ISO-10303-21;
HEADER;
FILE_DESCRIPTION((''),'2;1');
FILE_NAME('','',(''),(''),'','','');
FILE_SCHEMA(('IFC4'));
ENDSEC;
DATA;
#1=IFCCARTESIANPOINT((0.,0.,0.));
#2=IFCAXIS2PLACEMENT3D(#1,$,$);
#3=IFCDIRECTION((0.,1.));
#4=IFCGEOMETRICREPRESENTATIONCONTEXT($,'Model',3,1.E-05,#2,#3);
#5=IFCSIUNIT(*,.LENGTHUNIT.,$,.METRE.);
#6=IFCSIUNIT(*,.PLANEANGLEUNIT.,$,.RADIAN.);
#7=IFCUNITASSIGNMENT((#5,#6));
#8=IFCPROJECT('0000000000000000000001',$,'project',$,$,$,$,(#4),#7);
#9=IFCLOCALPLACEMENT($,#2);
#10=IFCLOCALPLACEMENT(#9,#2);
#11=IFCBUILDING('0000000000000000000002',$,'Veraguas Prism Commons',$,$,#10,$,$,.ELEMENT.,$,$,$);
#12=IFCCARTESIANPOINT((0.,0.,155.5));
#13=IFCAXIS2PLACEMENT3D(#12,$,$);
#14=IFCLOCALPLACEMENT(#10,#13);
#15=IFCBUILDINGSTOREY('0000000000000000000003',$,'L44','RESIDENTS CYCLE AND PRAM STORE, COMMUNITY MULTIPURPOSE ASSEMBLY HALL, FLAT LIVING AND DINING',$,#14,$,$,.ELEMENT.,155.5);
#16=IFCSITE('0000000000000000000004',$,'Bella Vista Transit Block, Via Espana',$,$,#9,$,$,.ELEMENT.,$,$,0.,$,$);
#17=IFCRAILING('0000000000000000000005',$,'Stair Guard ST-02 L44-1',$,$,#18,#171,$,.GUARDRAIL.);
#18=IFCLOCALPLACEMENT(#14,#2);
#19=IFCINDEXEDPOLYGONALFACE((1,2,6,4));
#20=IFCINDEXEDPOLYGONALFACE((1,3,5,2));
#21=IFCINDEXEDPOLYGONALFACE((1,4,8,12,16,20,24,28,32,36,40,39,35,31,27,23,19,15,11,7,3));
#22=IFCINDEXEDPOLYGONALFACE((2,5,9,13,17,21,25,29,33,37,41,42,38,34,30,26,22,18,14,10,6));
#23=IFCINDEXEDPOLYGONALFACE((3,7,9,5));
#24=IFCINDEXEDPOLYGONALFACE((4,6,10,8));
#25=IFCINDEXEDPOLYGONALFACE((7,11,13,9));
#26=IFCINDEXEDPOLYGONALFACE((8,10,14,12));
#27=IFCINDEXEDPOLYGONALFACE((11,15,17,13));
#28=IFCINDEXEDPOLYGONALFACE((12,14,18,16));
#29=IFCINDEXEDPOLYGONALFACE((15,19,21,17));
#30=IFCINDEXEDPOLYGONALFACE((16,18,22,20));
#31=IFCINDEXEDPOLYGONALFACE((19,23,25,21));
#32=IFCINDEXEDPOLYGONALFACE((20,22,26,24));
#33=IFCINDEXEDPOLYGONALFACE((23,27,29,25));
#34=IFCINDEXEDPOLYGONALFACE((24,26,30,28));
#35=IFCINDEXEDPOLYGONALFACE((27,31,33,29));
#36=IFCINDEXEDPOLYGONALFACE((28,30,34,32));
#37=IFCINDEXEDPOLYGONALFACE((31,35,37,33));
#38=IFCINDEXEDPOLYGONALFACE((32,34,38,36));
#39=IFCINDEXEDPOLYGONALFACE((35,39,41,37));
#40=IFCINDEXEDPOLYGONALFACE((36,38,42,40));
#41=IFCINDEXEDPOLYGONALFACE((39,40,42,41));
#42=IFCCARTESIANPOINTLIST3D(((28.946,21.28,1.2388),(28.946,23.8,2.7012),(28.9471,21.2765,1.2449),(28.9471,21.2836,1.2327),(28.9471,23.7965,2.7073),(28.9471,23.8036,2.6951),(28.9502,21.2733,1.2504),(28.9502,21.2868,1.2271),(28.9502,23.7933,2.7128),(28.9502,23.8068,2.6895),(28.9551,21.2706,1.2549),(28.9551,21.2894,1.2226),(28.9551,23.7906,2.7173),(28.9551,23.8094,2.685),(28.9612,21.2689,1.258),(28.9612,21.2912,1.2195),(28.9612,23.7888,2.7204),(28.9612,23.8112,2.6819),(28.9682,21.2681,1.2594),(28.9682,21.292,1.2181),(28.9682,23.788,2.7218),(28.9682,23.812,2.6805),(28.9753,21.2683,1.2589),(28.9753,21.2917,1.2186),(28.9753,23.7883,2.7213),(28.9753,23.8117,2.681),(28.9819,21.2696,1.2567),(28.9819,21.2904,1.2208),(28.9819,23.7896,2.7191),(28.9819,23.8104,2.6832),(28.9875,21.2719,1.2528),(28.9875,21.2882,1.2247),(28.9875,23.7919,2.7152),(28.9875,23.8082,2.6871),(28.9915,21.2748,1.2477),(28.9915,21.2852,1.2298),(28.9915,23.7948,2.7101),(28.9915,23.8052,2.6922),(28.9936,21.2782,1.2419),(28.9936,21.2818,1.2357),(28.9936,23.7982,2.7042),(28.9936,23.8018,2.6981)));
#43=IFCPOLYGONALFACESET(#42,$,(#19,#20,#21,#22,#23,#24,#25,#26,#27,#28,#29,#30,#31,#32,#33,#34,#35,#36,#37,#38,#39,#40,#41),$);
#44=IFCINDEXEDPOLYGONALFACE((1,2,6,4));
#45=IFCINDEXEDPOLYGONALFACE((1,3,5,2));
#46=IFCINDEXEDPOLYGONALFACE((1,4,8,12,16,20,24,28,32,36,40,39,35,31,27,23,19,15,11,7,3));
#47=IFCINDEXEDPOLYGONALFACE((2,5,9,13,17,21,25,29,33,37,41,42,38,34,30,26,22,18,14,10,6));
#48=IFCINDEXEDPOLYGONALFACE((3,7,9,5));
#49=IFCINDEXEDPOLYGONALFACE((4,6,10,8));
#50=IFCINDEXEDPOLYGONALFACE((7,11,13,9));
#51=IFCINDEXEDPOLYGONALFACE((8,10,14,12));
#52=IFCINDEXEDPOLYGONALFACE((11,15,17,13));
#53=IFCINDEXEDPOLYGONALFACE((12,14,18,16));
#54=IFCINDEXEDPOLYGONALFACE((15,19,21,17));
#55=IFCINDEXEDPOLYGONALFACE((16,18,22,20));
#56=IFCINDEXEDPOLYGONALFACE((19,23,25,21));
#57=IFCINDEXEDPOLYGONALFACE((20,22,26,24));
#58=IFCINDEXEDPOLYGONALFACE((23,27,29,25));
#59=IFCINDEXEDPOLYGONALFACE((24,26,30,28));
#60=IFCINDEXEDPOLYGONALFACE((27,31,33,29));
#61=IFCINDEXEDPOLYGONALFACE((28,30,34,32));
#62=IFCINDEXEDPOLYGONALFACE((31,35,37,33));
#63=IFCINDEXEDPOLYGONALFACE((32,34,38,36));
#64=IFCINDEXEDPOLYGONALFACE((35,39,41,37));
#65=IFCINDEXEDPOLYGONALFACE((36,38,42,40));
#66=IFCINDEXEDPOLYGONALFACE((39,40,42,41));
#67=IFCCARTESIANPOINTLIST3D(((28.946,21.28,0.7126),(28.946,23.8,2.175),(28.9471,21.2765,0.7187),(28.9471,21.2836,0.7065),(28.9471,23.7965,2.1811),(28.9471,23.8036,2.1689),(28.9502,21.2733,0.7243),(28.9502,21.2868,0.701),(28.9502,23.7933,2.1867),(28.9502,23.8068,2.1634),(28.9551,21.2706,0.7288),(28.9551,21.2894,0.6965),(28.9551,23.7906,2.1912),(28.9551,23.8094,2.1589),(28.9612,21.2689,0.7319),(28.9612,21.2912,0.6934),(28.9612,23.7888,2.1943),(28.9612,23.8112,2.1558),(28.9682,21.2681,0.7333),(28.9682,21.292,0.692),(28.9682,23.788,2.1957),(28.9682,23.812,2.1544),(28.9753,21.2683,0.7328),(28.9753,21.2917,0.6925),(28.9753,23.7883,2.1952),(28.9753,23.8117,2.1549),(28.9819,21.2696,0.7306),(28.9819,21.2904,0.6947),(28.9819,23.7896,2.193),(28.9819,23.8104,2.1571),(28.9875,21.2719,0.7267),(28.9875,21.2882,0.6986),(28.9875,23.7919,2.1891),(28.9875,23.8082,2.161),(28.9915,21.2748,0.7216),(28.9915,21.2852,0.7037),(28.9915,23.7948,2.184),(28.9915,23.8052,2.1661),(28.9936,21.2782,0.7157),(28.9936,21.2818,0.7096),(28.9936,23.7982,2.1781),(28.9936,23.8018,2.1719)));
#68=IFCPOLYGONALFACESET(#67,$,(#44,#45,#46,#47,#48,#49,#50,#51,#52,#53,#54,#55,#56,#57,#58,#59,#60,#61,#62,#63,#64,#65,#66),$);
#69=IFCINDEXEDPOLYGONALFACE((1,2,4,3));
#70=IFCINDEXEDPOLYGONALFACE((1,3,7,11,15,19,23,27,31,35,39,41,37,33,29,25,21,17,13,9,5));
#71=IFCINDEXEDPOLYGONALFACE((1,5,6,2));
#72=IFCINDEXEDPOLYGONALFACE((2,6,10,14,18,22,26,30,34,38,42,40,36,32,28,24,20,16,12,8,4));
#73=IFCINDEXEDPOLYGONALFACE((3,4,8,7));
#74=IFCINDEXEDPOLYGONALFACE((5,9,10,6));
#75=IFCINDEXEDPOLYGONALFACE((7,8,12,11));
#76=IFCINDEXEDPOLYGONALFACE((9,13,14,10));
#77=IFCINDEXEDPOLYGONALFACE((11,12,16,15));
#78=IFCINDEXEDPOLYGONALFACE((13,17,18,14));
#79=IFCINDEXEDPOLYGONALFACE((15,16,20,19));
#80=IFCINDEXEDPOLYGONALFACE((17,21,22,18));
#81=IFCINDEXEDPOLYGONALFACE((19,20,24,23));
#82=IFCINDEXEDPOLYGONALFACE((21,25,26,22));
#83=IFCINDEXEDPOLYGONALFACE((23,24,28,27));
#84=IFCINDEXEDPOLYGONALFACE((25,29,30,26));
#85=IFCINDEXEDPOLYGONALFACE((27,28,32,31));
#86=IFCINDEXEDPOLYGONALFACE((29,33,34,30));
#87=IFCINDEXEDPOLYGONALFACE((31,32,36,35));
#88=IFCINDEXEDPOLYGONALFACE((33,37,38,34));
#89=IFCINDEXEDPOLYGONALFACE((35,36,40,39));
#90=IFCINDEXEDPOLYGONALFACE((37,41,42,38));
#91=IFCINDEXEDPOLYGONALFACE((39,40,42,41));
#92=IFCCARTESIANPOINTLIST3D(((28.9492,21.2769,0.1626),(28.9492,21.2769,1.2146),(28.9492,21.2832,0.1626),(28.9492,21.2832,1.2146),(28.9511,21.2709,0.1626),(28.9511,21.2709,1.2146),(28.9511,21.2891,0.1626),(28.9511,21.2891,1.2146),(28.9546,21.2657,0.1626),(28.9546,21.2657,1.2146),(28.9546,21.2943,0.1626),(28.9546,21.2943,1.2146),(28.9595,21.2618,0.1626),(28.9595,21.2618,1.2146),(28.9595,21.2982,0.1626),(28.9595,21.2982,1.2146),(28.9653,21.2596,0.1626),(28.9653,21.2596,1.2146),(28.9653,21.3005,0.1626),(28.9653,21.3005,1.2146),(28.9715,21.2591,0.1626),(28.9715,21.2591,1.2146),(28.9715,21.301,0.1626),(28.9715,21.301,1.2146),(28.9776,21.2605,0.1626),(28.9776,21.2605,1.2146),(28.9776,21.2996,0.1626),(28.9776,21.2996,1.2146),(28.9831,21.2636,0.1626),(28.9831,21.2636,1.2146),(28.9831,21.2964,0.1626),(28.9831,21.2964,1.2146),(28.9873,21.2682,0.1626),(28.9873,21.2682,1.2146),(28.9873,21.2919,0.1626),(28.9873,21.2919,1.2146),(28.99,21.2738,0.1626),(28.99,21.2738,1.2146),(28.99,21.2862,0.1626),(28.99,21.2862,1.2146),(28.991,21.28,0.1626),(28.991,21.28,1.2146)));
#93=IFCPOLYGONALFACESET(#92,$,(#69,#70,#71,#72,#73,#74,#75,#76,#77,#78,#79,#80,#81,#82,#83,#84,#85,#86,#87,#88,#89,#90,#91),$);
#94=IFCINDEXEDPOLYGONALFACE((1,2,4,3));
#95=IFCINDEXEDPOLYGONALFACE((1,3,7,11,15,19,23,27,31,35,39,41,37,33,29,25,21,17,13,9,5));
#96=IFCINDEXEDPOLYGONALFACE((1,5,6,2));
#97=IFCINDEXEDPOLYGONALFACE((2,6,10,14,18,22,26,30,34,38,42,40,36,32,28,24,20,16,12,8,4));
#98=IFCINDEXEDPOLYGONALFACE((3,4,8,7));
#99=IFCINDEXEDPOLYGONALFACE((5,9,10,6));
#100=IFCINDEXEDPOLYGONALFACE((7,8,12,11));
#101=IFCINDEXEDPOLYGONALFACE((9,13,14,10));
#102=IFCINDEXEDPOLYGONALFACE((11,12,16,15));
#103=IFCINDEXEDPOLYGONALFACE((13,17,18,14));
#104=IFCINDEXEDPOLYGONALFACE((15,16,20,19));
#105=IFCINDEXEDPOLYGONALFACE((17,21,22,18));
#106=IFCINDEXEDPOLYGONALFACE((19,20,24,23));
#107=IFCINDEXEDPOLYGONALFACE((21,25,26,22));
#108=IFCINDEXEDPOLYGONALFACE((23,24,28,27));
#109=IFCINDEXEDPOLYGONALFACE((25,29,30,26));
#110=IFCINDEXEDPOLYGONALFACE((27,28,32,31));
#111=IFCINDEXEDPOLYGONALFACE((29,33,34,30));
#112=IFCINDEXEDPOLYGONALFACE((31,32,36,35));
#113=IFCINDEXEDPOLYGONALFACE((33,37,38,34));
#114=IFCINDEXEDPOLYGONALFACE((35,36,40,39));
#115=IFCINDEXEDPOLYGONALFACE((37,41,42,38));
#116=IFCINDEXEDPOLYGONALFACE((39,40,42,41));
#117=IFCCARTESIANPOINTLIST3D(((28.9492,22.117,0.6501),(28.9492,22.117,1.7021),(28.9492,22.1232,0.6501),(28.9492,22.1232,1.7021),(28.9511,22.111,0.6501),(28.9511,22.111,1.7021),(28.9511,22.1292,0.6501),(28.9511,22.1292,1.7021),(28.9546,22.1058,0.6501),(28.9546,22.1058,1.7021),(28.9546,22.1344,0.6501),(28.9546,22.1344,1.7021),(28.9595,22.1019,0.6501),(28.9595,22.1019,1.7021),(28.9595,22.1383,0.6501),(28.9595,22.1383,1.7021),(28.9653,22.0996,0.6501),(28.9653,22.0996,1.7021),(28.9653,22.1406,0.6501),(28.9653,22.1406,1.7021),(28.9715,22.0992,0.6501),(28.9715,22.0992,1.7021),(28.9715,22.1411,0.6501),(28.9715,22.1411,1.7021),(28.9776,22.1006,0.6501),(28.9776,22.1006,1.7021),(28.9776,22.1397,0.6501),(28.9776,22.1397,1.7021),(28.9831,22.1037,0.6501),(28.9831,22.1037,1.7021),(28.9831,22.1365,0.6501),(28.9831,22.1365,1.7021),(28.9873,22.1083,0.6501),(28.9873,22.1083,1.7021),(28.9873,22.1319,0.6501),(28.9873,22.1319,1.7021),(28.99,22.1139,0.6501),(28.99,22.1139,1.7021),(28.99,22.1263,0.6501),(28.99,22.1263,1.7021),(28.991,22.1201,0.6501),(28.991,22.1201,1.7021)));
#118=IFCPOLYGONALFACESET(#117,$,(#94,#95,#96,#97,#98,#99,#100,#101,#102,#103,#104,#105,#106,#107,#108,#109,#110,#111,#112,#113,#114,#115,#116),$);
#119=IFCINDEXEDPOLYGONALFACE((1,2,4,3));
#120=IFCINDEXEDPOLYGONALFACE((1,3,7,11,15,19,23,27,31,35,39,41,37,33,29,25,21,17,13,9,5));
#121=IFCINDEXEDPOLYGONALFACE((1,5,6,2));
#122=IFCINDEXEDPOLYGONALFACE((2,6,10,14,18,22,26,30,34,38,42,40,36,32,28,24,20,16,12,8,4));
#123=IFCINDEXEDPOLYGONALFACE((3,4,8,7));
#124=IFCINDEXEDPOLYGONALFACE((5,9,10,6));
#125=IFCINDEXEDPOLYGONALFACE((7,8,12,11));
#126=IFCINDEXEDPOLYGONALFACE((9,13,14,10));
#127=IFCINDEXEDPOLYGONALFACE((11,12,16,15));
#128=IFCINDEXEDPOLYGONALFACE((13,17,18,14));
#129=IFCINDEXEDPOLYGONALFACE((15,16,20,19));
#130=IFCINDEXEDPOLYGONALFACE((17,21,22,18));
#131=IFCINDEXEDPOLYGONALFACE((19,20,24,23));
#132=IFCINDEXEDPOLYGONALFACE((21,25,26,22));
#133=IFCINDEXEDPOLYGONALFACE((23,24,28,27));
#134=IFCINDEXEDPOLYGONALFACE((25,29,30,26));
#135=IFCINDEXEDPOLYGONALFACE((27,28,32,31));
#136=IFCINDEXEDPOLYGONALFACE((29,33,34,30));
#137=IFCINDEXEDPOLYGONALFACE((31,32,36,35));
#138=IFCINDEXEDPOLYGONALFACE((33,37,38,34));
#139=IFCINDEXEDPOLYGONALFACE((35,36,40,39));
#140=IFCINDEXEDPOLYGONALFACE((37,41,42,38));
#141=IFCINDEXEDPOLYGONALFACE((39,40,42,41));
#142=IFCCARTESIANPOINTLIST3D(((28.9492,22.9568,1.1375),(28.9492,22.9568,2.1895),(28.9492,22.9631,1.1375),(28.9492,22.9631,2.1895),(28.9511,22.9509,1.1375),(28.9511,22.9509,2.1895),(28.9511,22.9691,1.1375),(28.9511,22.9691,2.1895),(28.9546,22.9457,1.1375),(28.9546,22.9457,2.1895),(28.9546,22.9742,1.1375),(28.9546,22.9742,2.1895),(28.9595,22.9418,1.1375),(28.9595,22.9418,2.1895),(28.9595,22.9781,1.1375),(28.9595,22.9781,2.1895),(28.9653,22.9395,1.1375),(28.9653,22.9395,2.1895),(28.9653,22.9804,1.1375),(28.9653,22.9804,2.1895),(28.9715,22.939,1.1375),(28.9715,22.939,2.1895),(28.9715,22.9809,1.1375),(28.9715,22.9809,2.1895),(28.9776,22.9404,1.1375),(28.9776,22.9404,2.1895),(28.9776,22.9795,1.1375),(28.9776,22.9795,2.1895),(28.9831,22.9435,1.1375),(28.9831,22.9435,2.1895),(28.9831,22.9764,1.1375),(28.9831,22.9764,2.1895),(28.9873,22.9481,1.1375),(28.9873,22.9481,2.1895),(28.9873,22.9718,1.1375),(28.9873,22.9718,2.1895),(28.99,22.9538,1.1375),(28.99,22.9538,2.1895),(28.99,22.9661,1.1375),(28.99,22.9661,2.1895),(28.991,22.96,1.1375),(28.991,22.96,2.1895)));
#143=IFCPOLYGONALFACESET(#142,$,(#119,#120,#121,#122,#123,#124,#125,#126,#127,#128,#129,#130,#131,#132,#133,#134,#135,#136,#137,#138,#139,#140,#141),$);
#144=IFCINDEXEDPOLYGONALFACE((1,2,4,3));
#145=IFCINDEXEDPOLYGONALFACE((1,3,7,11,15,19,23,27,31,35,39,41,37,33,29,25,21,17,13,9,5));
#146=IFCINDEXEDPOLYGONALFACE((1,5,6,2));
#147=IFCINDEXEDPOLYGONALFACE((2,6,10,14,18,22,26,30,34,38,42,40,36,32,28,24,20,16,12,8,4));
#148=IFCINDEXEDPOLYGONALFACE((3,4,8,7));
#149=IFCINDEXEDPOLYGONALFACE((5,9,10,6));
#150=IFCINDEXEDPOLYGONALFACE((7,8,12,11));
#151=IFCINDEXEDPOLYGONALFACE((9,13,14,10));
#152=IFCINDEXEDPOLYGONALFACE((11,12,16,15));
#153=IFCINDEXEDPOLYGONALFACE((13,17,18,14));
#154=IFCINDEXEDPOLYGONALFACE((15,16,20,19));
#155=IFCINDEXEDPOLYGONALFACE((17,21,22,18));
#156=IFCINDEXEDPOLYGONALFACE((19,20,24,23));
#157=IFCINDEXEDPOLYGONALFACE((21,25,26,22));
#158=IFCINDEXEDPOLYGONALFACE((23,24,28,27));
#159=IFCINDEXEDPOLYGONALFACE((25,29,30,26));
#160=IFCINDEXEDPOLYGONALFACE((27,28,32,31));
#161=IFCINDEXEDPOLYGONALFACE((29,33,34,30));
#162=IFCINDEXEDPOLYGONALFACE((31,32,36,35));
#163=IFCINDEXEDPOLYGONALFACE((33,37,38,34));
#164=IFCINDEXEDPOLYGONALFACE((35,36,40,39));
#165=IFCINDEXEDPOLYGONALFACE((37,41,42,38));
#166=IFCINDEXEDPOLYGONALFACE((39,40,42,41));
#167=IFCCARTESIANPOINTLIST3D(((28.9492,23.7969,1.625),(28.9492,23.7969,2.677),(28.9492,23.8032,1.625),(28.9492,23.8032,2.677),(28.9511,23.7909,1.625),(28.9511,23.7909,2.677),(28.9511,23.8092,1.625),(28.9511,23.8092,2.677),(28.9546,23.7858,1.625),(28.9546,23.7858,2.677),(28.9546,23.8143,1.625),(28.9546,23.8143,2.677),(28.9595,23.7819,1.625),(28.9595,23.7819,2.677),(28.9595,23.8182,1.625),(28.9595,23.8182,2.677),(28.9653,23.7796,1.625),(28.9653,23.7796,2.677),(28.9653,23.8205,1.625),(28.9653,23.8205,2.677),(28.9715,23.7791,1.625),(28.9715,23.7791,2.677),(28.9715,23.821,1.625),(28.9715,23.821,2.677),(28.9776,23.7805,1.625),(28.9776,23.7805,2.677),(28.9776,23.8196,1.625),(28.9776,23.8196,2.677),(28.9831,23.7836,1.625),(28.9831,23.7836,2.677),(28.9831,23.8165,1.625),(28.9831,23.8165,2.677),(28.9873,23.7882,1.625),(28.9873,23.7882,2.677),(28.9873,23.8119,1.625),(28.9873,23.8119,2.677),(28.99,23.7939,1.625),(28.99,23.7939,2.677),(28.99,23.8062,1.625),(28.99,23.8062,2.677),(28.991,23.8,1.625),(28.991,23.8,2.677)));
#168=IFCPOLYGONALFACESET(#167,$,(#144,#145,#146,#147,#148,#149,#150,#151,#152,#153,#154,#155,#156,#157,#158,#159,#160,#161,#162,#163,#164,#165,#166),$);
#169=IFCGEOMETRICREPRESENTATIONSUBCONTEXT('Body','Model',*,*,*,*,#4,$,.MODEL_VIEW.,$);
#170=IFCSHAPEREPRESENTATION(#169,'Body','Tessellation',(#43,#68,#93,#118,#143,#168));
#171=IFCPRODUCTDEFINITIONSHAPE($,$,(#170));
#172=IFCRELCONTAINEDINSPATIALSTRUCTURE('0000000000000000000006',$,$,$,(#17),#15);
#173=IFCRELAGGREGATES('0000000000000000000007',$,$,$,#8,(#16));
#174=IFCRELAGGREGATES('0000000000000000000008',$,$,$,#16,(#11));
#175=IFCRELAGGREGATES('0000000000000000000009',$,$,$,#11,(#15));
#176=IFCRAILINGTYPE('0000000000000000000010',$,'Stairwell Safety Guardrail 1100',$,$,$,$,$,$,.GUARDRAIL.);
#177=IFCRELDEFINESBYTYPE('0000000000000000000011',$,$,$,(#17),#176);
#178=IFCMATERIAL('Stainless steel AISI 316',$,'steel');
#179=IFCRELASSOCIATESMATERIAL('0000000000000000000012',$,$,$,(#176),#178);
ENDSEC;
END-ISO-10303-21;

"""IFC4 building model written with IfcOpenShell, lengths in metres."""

from ifc_helpers import new_model, si_unit, direction, frame, origin, origin_2d, place, context, subcontext, project, spatial, circle, extrude, material, type_object, element, save


model = new_model("IFC4")

# Units and contexts
model_context = context("Model", 3, precision=1e-05, world=origin(), true_north=direction((0.0, 1.0)))
body_context = subcontext(model_context, "Body", "Model", "MODEL_VIEW")
ifc_project = project(units=[si_unit("LENGTHUNIT", "METRE"), si_unit("PLANEANGLEUNIT", "RADIAN")], contexts=[model_context])

# Site, building, storey
site_placement = place(None, origin())
site = spatial("IfcSite", under=ifc_project, at=site_placement, Name="Bella Vista Transit Block, Via Espana", CompositionType="ELEMENT", RefElevation=0.0)
building_placement = place(site_placement, origin())
building = spatial("IfcBuilding", under=site, at=building_placement, Name="Veraguas Prism Commons", CompositionType="ELEMENT")
storey_placement = place(building_placement, frame((0.0, 0.0, 155.5)))
storey = spatial("IfcBuildingStorey", under=building, at=storey_placement, Name="L44", Description="RESIDENTS CYCLE AND PRAM STORE, COMMUNITY MULTIPURPOSE ASSEMBLY HALL, FLAT LIVING AND DINING", CompositionType="ELEMENT", Elevation=155.5)

# Shared definitions
ifc_material_1 = material(Name="Stainless steel AISI 316", Category="steel")

# Railing
railing_type_1 = type_object("IfcRailingType", Name="Stairwell Safety Guardrail 1100", PredefinedType="GUARDRAIL", material=ifc_material_1)
railing_1_placement = place(storey_placement, frame((28.97, 21.28, 0.1626)))
element("IfcRailing", 1, at=railing_1_placement, inside=storey, type_object=railing_type_1, Name="Stair Guard ST-02 L44-1", PredefinedType="GUARDRAIL", context=body_context, shape_type="SweptSolid", body=[
    extrude(circle(Radius=0.0239, at=origin_2d()), frame((0.0, 0.0, 1.0762), z_axis=(0.0, 0.864913, 0.501921), x_axis=(-1.0, 0.0, 0.0)), (0.0, 0.0, 1.0), 2.9136),
    extrude(circle(Radius=0.0239, at=origin_2d()), frame((0.0, 0.0, 0.55), z_axis=(0.0, 0.864913, 0.501921), x_axis=(-1.0, 0.0, 0.0)), (0.0, 0.0, 1.0), 2.9136),
    extrude(circle(Radius=0.021, at=origin_2d()), origin(), (0.0, 0.0, 1.0), 1.052),
    extrude(circle(Radius=0.021, at=origin_2d()), frame((0.0, 0.8401, 0.4875)), (0.0, 0.0, 1.0), 1.052),
    extrude(circle(Radius=0.021, at=origin_2d()), frame((0.0, 1.6799, 0.9749)), (0.0, 0.0, 1.0), 1.052),
    extrude(circle(Radius=0.021, at=origin_2d()), frame((0.0, 2.52, 1.4624)), (0.0, 0.0, 1.0), 1.052),
])

save(model, "model.ifc")
